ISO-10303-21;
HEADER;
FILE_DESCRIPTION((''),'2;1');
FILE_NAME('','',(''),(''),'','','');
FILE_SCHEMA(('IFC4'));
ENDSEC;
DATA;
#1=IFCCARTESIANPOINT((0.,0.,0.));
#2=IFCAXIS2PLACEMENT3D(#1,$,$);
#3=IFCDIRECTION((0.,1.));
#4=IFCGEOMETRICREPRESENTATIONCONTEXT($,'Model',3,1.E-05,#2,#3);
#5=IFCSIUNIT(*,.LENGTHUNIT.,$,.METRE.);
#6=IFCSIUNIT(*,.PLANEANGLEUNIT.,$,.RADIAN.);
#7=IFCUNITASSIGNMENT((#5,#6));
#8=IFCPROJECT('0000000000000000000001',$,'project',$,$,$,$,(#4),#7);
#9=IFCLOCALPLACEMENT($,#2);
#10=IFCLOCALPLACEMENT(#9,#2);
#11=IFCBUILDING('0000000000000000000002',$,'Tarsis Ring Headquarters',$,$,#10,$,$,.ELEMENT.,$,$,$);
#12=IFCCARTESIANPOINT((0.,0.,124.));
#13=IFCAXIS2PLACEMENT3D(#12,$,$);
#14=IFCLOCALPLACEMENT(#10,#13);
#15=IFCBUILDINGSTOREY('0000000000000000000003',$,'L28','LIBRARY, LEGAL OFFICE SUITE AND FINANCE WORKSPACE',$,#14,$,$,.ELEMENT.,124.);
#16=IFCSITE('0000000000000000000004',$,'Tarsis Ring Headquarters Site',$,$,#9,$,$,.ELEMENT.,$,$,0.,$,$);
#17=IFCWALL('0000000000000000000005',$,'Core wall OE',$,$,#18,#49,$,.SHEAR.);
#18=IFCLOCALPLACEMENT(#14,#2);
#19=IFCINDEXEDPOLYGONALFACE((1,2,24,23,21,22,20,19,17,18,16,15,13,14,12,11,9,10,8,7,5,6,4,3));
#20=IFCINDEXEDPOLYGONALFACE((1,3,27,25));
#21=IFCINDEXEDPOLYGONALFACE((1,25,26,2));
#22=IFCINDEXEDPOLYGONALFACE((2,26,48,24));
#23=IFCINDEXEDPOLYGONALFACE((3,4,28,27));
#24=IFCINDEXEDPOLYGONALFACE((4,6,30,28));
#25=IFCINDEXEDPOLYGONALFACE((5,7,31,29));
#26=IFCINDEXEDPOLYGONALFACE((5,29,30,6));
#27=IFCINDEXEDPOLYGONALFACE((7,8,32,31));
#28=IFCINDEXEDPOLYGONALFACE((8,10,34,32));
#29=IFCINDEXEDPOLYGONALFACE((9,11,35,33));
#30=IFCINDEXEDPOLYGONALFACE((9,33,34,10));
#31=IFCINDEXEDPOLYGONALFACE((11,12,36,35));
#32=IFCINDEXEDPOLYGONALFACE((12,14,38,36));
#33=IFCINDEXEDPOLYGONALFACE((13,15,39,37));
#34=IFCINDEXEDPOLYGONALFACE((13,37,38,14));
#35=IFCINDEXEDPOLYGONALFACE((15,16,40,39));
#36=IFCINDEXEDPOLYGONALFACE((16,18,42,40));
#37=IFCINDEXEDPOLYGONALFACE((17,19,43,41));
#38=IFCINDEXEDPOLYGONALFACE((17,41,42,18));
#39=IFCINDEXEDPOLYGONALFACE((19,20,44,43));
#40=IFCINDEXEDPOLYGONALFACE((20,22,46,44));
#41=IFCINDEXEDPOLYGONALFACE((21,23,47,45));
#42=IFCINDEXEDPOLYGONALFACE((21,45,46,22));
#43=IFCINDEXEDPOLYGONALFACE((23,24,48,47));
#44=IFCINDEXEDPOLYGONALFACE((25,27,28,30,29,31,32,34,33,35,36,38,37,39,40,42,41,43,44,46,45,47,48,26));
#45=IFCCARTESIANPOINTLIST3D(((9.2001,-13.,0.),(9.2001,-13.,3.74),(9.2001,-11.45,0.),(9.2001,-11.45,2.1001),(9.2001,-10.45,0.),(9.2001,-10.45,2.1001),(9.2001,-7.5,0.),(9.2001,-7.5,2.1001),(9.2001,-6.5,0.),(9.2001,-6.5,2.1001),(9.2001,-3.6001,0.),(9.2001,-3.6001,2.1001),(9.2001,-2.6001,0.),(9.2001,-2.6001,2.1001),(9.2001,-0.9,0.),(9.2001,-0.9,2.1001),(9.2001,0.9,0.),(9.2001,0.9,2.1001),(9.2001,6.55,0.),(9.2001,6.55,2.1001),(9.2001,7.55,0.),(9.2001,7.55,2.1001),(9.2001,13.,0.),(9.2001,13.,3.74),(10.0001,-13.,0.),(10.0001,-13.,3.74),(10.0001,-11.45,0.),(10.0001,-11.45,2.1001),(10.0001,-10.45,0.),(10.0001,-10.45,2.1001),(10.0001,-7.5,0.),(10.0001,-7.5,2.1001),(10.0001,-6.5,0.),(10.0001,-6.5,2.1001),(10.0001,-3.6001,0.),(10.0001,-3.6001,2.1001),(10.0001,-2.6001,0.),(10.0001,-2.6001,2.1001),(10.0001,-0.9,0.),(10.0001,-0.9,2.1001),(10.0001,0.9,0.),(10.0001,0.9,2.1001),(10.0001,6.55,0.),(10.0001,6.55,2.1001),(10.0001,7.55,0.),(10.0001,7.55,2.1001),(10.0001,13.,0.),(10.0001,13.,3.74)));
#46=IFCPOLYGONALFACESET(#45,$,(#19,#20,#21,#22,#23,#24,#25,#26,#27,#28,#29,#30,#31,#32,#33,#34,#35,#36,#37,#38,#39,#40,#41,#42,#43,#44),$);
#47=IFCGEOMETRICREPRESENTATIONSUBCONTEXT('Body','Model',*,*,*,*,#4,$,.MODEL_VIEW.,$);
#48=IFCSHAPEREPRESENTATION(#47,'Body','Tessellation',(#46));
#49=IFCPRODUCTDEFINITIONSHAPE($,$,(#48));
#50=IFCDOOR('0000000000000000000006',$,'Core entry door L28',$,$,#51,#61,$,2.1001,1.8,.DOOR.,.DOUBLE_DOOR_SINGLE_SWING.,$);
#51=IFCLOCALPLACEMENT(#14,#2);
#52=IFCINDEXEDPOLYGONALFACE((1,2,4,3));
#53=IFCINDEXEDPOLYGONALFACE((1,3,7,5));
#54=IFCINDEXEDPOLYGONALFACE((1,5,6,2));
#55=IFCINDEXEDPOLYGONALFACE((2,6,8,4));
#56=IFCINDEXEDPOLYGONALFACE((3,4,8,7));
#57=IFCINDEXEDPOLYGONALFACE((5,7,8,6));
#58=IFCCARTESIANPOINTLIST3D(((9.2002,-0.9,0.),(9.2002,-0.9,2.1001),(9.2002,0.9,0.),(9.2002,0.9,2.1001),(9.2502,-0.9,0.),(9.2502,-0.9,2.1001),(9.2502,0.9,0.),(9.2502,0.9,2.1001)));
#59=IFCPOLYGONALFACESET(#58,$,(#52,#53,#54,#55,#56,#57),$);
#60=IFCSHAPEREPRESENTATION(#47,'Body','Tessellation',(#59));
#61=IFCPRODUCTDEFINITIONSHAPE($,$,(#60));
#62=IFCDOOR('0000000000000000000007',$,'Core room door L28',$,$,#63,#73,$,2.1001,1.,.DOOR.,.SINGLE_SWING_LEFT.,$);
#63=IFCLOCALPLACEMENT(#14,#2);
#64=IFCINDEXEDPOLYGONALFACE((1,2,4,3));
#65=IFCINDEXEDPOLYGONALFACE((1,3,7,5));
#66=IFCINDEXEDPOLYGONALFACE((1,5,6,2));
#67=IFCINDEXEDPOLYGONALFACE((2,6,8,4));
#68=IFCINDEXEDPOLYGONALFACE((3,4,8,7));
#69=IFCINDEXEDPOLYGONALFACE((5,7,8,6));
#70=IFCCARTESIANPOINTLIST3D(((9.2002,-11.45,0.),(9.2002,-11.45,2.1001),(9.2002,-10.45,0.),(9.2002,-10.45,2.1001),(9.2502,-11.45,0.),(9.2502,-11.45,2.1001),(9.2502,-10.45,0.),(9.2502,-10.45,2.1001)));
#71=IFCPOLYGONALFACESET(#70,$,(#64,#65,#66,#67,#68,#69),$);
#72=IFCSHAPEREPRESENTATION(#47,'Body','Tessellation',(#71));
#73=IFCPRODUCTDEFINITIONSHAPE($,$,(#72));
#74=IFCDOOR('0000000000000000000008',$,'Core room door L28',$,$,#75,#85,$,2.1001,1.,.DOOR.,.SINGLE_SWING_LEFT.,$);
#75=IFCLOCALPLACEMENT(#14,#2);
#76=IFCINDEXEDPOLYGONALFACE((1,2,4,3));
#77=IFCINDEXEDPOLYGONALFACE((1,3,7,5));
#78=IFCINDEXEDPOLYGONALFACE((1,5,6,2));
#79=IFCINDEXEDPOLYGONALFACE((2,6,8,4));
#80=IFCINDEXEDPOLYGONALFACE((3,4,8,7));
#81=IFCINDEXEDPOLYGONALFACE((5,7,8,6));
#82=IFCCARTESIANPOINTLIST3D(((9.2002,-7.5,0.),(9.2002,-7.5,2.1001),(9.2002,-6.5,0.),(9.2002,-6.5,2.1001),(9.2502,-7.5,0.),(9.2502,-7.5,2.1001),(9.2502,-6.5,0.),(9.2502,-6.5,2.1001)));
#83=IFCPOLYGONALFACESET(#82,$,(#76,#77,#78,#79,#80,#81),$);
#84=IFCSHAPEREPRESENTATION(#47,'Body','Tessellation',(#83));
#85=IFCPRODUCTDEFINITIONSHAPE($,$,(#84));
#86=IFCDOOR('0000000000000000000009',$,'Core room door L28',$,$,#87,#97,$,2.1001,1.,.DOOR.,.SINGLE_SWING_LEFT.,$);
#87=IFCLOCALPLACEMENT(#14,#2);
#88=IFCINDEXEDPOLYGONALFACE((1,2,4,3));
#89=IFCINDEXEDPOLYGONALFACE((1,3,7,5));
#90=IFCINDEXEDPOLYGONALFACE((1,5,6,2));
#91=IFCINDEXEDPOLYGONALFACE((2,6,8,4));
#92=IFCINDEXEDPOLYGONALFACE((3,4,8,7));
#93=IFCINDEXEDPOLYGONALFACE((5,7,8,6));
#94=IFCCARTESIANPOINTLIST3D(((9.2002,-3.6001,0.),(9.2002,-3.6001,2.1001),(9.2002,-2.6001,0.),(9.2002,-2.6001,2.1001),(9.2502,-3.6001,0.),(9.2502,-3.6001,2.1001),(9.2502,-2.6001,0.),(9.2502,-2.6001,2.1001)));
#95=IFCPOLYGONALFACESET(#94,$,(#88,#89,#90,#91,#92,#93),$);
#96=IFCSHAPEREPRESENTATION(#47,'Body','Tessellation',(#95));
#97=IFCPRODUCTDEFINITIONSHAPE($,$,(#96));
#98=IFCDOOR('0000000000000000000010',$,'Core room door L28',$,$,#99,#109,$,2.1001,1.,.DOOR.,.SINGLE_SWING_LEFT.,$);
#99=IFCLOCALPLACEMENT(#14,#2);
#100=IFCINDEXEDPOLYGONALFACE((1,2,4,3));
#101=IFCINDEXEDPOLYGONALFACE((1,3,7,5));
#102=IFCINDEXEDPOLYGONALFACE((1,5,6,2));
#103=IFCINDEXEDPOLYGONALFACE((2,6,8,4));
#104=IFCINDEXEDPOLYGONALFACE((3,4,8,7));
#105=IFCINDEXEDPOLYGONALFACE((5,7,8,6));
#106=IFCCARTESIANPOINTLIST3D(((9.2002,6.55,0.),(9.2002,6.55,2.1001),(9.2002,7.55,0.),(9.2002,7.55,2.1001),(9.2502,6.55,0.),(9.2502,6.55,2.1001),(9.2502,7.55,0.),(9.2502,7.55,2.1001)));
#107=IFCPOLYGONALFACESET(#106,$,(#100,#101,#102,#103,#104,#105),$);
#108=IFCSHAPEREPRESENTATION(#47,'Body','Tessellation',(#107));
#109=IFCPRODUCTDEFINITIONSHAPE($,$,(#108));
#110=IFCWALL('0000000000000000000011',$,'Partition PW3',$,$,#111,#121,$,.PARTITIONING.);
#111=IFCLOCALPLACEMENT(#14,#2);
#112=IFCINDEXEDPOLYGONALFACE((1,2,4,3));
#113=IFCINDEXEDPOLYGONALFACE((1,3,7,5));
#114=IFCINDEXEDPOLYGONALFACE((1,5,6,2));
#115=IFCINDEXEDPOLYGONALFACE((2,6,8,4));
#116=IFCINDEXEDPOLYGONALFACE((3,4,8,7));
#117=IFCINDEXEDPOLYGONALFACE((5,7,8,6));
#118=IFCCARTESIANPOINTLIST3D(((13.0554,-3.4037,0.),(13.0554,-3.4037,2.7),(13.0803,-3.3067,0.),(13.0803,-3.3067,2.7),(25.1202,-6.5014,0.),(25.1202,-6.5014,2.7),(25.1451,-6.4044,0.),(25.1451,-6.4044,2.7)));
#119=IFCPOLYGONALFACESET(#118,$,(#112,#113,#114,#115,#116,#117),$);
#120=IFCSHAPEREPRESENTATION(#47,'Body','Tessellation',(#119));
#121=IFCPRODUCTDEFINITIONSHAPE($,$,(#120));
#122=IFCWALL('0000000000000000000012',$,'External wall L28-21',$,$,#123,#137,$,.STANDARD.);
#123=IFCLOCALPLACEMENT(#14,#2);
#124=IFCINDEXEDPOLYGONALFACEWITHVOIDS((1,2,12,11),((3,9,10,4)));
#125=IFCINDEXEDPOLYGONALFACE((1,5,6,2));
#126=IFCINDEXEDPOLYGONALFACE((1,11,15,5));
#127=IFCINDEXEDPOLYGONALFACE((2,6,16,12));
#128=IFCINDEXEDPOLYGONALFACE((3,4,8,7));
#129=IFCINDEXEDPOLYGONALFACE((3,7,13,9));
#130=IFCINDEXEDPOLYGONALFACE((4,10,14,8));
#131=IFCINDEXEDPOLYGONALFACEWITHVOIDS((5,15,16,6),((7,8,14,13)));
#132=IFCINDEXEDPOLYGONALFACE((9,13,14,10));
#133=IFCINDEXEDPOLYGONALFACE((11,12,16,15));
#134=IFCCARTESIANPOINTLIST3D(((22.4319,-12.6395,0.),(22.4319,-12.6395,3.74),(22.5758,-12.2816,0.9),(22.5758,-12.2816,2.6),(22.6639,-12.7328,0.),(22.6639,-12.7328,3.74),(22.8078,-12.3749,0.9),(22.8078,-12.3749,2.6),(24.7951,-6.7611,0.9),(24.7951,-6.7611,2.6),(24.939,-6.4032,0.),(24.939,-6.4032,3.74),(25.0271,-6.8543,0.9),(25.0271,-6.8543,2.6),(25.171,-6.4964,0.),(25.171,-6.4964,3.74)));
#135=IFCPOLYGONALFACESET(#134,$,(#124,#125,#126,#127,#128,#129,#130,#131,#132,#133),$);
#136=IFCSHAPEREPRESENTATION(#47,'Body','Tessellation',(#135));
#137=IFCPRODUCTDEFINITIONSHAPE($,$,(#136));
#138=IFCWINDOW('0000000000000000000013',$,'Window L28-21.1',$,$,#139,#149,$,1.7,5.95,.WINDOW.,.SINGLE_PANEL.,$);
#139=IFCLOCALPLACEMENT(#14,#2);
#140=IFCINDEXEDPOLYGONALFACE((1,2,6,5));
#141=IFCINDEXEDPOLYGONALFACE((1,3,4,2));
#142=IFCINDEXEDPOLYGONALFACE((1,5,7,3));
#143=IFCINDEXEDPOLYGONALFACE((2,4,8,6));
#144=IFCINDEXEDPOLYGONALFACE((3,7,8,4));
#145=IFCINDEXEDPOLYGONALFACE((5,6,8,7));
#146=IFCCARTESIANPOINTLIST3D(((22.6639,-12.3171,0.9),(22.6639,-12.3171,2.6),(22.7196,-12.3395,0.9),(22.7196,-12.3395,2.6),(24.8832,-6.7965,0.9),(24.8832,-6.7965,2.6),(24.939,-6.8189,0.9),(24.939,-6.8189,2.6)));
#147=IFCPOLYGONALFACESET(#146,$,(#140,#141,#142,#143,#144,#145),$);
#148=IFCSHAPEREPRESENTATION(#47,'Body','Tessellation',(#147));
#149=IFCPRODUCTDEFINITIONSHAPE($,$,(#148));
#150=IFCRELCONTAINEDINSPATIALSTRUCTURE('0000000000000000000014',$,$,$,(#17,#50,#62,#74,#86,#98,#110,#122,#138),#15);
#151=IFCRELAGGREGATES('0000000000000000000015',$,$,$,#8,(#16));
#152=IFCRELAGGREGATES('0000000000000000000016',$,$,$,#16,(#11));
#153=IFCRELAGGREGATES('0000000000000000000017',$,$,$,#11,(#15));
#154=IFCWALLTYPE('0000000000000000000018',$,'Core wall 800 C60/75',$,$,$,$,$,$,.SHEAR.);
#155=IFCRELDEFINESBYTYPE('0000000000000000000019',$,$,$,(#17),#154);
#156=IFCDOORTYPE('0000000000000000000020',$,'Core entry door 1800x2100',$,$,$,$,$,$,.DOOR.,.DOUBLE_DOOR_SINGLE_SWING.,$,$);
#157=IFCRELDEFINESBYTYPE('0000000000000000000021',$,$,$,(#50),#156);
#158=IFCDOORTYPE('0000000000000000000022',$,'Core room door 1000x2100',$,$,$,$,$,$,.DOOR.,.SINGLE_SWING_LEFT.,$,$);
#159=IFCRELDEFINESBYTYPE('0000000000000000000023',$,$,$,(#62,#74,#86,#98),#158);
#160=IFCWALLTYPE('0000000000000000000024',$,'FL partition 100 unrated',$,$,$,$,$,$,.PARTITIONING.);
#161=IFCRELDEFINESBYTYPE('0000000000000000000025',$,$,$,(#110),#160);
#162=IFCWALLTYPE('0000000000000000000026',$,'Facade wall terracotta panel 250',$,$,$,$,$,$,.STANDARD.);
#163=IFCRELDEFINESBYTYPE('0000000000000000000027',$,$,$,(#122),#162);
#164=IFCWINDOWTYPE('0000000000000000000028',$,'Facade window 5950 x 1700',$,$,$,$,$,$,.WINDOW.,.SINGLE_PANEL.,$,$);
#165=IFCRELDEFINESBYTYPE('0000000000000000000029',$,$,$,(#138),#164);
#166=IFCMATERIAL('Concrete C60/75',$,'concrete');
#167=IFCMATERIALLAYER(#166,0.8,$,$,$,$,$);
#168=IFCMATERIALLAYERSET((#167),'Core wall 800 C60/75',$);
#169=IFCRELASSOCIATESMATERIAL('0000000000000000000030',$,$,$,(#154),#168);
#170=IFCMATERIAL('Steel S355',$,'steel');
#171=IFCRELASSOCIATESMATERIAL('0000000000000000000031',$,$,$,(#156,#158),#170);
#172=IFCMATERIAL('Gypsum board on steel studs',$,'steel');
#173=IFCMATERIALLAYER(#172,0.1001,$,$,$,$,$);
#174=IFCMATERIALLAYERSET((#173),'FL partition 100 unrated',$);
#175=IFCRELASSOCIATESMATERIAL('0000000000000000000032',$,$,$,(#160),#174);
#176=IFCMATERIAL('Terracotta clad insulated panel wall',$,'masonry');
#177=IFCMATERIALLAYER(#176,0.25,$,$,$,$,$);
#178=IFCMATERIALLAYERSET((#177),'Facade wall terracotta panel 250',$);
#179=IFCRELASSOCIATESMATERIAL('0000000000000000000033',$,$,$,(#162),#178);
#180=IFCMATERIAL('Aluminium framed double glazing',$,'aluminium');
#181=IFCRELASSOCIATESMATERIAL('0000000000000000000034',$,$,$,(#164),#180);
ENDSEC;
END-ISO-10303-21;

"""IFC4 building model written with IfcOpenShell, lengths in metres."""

from ifc_helpers import new_model, si_unit, direction, frame, frame_2d, origin, place, context, subcontext, project, spatial, rectangle, extrude, material, layer, layer_set, type_object, element, fill, save


model = new_model("IFC4")

# Units and contexts
model_context = context("Model", 3, precision=1e-05, world=origin(), true_north=direction((0.0, 1.0)))
body_context = subcontext(model_context, "Body", "Model", "MODEL_VIEW")
ifc_project = project(units=[si_unit("LENGTHUNIT", "METRE"), si_unit("PLANEANGLEUNIT", "RADIAN")], contexts=[model_context])

# Site, building, storey
site_placement = place(None, origin())
site = spatial("IfcSite", under=ifc_project, at=site_placement, Name="Tarsis Ring Headquarters Site", CompositionType="ELEMENT", RefElevation=0.0)
building_placement = place(site_placement, origin())
building = spatial("IfcBuilding", under=site, at=building_placement, Name="Tarsis Ring Headquarters", CompositionType="ELEMENT")
storey_placement = place(building_placement, frame((0.0, 0.0, 124.0)))
storey = spatial("IfcBuildingStorey", under=building, at=storey_placement, Name="L28", Description="LIBRARY, LEGAL OFFICE SUITE AND FINANCE WORKSPACE", CompositionType="ELEMENT", Elevation=124.0)

# Wall, openings, doors
ifc_material_1 = material(Name="Concrete C60/75", Category="concrete")
ifc_layer_1 = layer(ifc_material_1, 0.8)
ifc_layer_set_1 = layer_set([ifc_layer_1], Name="Core wall 800 C60/75")
wall_type_1 = type_object("IfcWallType", Name="Core wall 800 C60/75", PredefinedType="SHEAR", material=ifc_layer_set_1)
wall_1_placement = place(storey_placement, frame((9.6001, -13.0, 0.0), z_axis=(0.0, 0.0, 1.0), x_axis=(0.0, 1.0, 0.0)))
wall_1 = element("IfcWall", 1, at=wall_1_placement, inside=storey, type_object=wall_type_1, Name="Core wall OE", PredefinedType="SHEAR", context=body_context, shape_type="SweptSolid", body=[
    extrude(rectangle(XDim=26.0, YDim=0.8, at=frame_2d((13.0, 0.0))), origin(), (0.0, 0.0, 1.0), 3.74),
])
opening_1_placement = place(wall_1_placement, frame((1.55, 0.0, 0.0)))
opening_1 = element("IfcOpeningElement", 2, at=opening_1_placement, cuts=wall_1, PredefinedType="OPENING", context=body_context, shape_type="SweptSolid", body=[
    extrude(rectangle(XDim=1.0, YDim=2.1001, at=frame_2d((0.5, 1.05))), frame((0.0, 0.4099, 0.0), z_axis=(0.0, -1.0, 0.0), x_axis=(1.0, 0.0, 0.0)), (0.0, 0.0, 1.0), 0.8201),
])
opening_2_placement = place(wall_1_placement, frame((5.5, 0.0, 0.0)))
opening_2 = element("IfcOpeningElement", 3, at=opening_2_placement, cuts=wall_1, PredefinedType="OPENING", context=body_context, shape_type="SweptSolid", body=[
    extrude(rectangle(XDim=1.0, YDim=2.1001, at=frame_2d((0.5, 1.05))), frame((0.0, 0.4099, 0.0), z_axis=(0.0, -1.0, 0.0), x_axis=(1.0, 0.0, 0.0)), (0.0, 0.0, 1.0), 0.8201),
])
opening_3_placement = place(wall_1_placement, frame((9.3999, 0.0, 0.0)))
opening_3 = element("IfcOpeningElement", 4, at=opening_3_placement, cuts=wall_1, PredefinedType="OPENING", context=body_context, shape_type="SweptSolid", body=[
    extrude(rectangle(XDim=1.0, YDim=2.1001, at=frame_2d((0.5, 1.05))), frame((0.0, 0.4099, 0.0), z_axis=(0.0, -1.0, 0.0), x_axis=(1.0, 0.0, 0.0)), (0.0, 0.0, 1.0), 0.8201),
])
opening_4_placement = place(wall_1_placement, frame((12.1001, 0.0, 0.0)))
opening_4 = element("IfcOpeningElement", 5, at=opening_4_placement, cuts=wall_1, PredefinedType="OPENING", context=body_context, shape_type="SweptSolid", body=[
    extrude(rectangle(XDim=1.8, YDim=2.1001, at=frame_2d((0.8999, 1.05))), frame((0.0, 0.4099, 0.0), z_axis=(0.0, -1.0, 0.0), x_axis=(1.0, 0.0, 0.0)), (0.0, 0.0, 1.0), 0.8201),
])
opening_5_placement = place(wall_1_placement, frame((19.55, 0.0, 0.0)))
opening_5 = element("IfcOpeningElement", 6, at=opening_5_placement, cuts=wall_1, PredefinedType="OPENING", context=body_context, shape_type="SweptSolid", body=[
    extrude(rectangle(XDim=1.0, YDim=2.1001, at=frame_2d((0.5, 1.05))), frame((0.0, 0.4099, 0.0), z_axis=(0.0, -1.0, 0.0), x_axis=(1.0, 0.0, 0.0)), (0.0, 0.0, 1.0), 0.8201),
])
ifc_material_2 = material(Name="Steel S355", Category="steel")
door_type_1 = type_object("IfcDoorType", Name="Core entry door 1800x2100", OperationType="DOUBLE_DOOR_SINGLE_SWING", PredefinedType="DOOR", material=ifc_material_2)
door_1_placement = place(opening_4_placement, origin())
door_1 = element("IfcDoor", 7, at=door_1_placement, inside=storey, type_object=door_type_1, Name="Core entry door L28", OperationType="DOUBLE_DOOR_SINGLE_SWING", OverallHeight=2.1001, OverallWidth=1.8, PredefinedType="DOOR", context=body_context, shape_type="SweptSolid", body=[
    extrude(rectangle(XDim=1.8, YDim=2.1001, at=frame_2d((0.8999, 1.05))), frame((0.0, 0.3999, 0.0), z_axis=(0.0, -1.0, 0.0), x_axis=(1.0, 0.0, 0.0)), (0.0, 0.0, 1.0), 0.05),
])
fill(opening_4, door_1)
door_type_2 = type_object("IfcDoorType", Name="Core room door 1000x2100", OperationType="SINGLE_SWING_LEFT", PredefinedType="DOOR", material=ifc_material_2)
door_2_placement = place(opening_1_placement, origin())
door_2 = element("IfcDoor", 8, at=door_2_placement, inside=storey, type_object=door_type_2, Name="Core room door L28", OperationType="SINGLE_SWING_LEFT", OverallHeight=2.1001, OverallWidth=1.0, PredefinedType="DOOR", context=body_context, shape_type="SweptSolid", body=[
    extrude(rectangle(XDim=1.0, YDim=2.1001, at=frame_2d((0.5, 1.05))), frame((0.0, 0.3999, 0.0), z_axis=(0.0, -1.0, 0.0), x_axis=(1.0, 0.0, 0.0)), (0.0, 0.0, 1.0), 0.05),
])
fill(opening_1, door_2)
door_3_placement = place(opening_2_placement, origin())
door_3 = element("IfcDoor", 9, at=door_3_placement, inside=storey, type_object=door_type_2, Name="Core room door L28", OperationType="SINGLE_SWING_LEFT", OverallHeight=2.1001, OverallWidth=1.0, PredefinedType="DOOR", context=body_context, shape_type="SweptSolid", body=[
    extrude(rectangle(XDim=1.0, YDim=2.1001, at=frame_2d((0.5, 1.05))), frame((0.0, 0.3999, 0.0), z_axis=(0.0, -1.0, 0.0), x_axis=(1.0, 0.0, 0.0)), (0.0, 0.0, 1.0), 0.05),
])
fill(opening_2, door_3)
door_4_placement = place(opening_3_placement, origin())
door_4 = element("IfcDoor", 10, at=door_4_placement, inside=storey, type_object=door_type_2, Name="Core room door L28", OperationType="SINGLE_SWING_LEFT", OverallHeight=2.1001, OverallWidth=1.0, PredefinedType="DOOR", context=body_context, shape_type="SweptSolid", body=[
    extrude(rectangle(XDim=1.0, YDim=2.1001, at=frame_2d((0.5, 1.05))), frame((0.0, 0.3999, 0.0), z_axis=(0.0, -1.0, 0.0), x_axis=(1.0, 0.0, 0.0)), (0.0, 0.0, 1.0), 0.05),
])
fill(opening_3, door_4)
door_5_placement = place(opening_5_placement, origin())
door_5 = element("IfcDoor", 11, at=door_5_placement, inside=storey, type_object=door_type_2, Name="Core room door L28", OperationType="SINGLE_SWING_LEFT", OverallHeight=2.1001, OverallWidth=1.0, PredefinedType="DOOR", context=body_context, shape_type="SweptSolid", body=[
    extrude(rectangle(XDim=1.0, YDim=2.1001, at=frame_2d((0.5, 1.05))), frame((0.0, 0.3999, 0.0), z_axis=(0.0, -1.0, 0.0), x_axis=(1.0, 0.0, 0.0)), (0.0, 0.0, 1.0), 0.05),
])
fill(opening_5, door_5)

# Wall
ifc_material_3 = material(Name="Gypsum board on steel studs", Category="steel")
ifc_layer_2 = layer(ifc_material_3, 0.1001)
ifc_layer_set_2 = layer_set([ifc_layer_2], Name="FL partition 100 unrated")
wall_type_2 = type_object("IfcWallType", Name="FL partition 100 unrated", PredefinedType="PARTITIONING", material=ifc_layer_set_2)
wall_2_placement = place(storey_placement, frame((13.0679, -3.3552, 0.0), z_axis=(0.0, 0.0, 1.0), x_axis=(0.968584, -0.248688, 0.0)))
element("IfcWall", 12, at=wall_2_placement, inside=storey, type_object=wall_type_2, Name="Partition PW3", PredefinedType="PARTITIONING", context=body_context, shape_type="SweptSolid", body=[
    extrude(rectangle(XDim=12.4561, YDim=0.1001, at=frame_2d((6.228, 0.0))), origin(), (0.0, 0.0, 1.0), 2.7),
])

# Wall, opening, window
ifc_material_4 = material(Name="Terracotta clad insulated panel wall", Category="masonry")
ifc_layer_3 = layer(ifc_material_4, 0.25)
ifc_layer_set_3 = layer_set([ifc_layer_3], Name="Facade wall terracotta panel 250")
wall_type_3 = type_object("IfcWallType", Name="Facade wall terracotta panel 250", PredefinedType="STANDARD", material=ifc_layer_set_3)
wall_3_placement = place(storey_placement, frame((22.5479, -12.6863, 0.0), z_axis=(0.0, 0.0, 1.0), x_axis=(0.373, 0.927832, 0.0)))
wall_3 = element("IfcWall", 13, at=wall_3_placement, inside=storey, type_object=wall_type_3, Name="External wall L28-21", PredefinedType="STANDARD", context=body_context, shape_type="SweptSolid", body=[
    extrude(rectangle(XDim=6.7214, YDim=0.25, at=frame_2d((3.3608, 0.0))), origin(), (0.0, 0.0, 1.0), 3.74),
])
opening_6_placement = place(wall_3_placement, frame((0.3857, 0.0, 0.8999)))
opening_6 = element("IfcOpeningElement", 14, at=opening_6_placement, cuts=wall_3, PredefinedType="OPENING", context=body_context, shape_type="SweptSolid", body=[
    extrude(rectangle(XDim=5.95, YDim=1.7, at=frame_2d((2.9751, 0.8501))), frame((0.0, 0.135, 0.0), z_axis=(0.0, -1.0, 0.0), x_axis=(1.0, 0.0, 0.0)), (0.0, 0.0, 1.0), 0.27),
])
ifc_material_5 = material(Name="Aluminium framed double glazing", Category="aluminium")
window_type = type_object("IfcWindowType", Name="Facade window 5950 x 1700", PartitioningType="SINGLE_PANEL", PredefinedType="WINDOW", material=ifc_material_5)
window_1_placement = place(opening_6_placement, origin())
window_1 = element("IfcWindow", 15, at=window_1_placement, inside=storey, type_object=window_type, Name="Window L28-21.1", OverallHeight=1.7, OverallWidth=5.95, PartitioningType="SINGLE_PANEL", PredefinedType="WINDOW", context=body_context, shape_type="SweptSolid", body=[
    extrude(rectangle(XDim=5.95, YDim=1.7, at=frame_2d((2.9751, 0.8501))), frame((0.0, 0.03, 0.0), z_axis=(0.0, -1.0, 0.0), x_axis=(1.0, 0.0, 0.0)), (0.0, 0.0, 1.0), 0.0601),
])
fill(opening_6, window_1)

save(model, "model.ifc")
